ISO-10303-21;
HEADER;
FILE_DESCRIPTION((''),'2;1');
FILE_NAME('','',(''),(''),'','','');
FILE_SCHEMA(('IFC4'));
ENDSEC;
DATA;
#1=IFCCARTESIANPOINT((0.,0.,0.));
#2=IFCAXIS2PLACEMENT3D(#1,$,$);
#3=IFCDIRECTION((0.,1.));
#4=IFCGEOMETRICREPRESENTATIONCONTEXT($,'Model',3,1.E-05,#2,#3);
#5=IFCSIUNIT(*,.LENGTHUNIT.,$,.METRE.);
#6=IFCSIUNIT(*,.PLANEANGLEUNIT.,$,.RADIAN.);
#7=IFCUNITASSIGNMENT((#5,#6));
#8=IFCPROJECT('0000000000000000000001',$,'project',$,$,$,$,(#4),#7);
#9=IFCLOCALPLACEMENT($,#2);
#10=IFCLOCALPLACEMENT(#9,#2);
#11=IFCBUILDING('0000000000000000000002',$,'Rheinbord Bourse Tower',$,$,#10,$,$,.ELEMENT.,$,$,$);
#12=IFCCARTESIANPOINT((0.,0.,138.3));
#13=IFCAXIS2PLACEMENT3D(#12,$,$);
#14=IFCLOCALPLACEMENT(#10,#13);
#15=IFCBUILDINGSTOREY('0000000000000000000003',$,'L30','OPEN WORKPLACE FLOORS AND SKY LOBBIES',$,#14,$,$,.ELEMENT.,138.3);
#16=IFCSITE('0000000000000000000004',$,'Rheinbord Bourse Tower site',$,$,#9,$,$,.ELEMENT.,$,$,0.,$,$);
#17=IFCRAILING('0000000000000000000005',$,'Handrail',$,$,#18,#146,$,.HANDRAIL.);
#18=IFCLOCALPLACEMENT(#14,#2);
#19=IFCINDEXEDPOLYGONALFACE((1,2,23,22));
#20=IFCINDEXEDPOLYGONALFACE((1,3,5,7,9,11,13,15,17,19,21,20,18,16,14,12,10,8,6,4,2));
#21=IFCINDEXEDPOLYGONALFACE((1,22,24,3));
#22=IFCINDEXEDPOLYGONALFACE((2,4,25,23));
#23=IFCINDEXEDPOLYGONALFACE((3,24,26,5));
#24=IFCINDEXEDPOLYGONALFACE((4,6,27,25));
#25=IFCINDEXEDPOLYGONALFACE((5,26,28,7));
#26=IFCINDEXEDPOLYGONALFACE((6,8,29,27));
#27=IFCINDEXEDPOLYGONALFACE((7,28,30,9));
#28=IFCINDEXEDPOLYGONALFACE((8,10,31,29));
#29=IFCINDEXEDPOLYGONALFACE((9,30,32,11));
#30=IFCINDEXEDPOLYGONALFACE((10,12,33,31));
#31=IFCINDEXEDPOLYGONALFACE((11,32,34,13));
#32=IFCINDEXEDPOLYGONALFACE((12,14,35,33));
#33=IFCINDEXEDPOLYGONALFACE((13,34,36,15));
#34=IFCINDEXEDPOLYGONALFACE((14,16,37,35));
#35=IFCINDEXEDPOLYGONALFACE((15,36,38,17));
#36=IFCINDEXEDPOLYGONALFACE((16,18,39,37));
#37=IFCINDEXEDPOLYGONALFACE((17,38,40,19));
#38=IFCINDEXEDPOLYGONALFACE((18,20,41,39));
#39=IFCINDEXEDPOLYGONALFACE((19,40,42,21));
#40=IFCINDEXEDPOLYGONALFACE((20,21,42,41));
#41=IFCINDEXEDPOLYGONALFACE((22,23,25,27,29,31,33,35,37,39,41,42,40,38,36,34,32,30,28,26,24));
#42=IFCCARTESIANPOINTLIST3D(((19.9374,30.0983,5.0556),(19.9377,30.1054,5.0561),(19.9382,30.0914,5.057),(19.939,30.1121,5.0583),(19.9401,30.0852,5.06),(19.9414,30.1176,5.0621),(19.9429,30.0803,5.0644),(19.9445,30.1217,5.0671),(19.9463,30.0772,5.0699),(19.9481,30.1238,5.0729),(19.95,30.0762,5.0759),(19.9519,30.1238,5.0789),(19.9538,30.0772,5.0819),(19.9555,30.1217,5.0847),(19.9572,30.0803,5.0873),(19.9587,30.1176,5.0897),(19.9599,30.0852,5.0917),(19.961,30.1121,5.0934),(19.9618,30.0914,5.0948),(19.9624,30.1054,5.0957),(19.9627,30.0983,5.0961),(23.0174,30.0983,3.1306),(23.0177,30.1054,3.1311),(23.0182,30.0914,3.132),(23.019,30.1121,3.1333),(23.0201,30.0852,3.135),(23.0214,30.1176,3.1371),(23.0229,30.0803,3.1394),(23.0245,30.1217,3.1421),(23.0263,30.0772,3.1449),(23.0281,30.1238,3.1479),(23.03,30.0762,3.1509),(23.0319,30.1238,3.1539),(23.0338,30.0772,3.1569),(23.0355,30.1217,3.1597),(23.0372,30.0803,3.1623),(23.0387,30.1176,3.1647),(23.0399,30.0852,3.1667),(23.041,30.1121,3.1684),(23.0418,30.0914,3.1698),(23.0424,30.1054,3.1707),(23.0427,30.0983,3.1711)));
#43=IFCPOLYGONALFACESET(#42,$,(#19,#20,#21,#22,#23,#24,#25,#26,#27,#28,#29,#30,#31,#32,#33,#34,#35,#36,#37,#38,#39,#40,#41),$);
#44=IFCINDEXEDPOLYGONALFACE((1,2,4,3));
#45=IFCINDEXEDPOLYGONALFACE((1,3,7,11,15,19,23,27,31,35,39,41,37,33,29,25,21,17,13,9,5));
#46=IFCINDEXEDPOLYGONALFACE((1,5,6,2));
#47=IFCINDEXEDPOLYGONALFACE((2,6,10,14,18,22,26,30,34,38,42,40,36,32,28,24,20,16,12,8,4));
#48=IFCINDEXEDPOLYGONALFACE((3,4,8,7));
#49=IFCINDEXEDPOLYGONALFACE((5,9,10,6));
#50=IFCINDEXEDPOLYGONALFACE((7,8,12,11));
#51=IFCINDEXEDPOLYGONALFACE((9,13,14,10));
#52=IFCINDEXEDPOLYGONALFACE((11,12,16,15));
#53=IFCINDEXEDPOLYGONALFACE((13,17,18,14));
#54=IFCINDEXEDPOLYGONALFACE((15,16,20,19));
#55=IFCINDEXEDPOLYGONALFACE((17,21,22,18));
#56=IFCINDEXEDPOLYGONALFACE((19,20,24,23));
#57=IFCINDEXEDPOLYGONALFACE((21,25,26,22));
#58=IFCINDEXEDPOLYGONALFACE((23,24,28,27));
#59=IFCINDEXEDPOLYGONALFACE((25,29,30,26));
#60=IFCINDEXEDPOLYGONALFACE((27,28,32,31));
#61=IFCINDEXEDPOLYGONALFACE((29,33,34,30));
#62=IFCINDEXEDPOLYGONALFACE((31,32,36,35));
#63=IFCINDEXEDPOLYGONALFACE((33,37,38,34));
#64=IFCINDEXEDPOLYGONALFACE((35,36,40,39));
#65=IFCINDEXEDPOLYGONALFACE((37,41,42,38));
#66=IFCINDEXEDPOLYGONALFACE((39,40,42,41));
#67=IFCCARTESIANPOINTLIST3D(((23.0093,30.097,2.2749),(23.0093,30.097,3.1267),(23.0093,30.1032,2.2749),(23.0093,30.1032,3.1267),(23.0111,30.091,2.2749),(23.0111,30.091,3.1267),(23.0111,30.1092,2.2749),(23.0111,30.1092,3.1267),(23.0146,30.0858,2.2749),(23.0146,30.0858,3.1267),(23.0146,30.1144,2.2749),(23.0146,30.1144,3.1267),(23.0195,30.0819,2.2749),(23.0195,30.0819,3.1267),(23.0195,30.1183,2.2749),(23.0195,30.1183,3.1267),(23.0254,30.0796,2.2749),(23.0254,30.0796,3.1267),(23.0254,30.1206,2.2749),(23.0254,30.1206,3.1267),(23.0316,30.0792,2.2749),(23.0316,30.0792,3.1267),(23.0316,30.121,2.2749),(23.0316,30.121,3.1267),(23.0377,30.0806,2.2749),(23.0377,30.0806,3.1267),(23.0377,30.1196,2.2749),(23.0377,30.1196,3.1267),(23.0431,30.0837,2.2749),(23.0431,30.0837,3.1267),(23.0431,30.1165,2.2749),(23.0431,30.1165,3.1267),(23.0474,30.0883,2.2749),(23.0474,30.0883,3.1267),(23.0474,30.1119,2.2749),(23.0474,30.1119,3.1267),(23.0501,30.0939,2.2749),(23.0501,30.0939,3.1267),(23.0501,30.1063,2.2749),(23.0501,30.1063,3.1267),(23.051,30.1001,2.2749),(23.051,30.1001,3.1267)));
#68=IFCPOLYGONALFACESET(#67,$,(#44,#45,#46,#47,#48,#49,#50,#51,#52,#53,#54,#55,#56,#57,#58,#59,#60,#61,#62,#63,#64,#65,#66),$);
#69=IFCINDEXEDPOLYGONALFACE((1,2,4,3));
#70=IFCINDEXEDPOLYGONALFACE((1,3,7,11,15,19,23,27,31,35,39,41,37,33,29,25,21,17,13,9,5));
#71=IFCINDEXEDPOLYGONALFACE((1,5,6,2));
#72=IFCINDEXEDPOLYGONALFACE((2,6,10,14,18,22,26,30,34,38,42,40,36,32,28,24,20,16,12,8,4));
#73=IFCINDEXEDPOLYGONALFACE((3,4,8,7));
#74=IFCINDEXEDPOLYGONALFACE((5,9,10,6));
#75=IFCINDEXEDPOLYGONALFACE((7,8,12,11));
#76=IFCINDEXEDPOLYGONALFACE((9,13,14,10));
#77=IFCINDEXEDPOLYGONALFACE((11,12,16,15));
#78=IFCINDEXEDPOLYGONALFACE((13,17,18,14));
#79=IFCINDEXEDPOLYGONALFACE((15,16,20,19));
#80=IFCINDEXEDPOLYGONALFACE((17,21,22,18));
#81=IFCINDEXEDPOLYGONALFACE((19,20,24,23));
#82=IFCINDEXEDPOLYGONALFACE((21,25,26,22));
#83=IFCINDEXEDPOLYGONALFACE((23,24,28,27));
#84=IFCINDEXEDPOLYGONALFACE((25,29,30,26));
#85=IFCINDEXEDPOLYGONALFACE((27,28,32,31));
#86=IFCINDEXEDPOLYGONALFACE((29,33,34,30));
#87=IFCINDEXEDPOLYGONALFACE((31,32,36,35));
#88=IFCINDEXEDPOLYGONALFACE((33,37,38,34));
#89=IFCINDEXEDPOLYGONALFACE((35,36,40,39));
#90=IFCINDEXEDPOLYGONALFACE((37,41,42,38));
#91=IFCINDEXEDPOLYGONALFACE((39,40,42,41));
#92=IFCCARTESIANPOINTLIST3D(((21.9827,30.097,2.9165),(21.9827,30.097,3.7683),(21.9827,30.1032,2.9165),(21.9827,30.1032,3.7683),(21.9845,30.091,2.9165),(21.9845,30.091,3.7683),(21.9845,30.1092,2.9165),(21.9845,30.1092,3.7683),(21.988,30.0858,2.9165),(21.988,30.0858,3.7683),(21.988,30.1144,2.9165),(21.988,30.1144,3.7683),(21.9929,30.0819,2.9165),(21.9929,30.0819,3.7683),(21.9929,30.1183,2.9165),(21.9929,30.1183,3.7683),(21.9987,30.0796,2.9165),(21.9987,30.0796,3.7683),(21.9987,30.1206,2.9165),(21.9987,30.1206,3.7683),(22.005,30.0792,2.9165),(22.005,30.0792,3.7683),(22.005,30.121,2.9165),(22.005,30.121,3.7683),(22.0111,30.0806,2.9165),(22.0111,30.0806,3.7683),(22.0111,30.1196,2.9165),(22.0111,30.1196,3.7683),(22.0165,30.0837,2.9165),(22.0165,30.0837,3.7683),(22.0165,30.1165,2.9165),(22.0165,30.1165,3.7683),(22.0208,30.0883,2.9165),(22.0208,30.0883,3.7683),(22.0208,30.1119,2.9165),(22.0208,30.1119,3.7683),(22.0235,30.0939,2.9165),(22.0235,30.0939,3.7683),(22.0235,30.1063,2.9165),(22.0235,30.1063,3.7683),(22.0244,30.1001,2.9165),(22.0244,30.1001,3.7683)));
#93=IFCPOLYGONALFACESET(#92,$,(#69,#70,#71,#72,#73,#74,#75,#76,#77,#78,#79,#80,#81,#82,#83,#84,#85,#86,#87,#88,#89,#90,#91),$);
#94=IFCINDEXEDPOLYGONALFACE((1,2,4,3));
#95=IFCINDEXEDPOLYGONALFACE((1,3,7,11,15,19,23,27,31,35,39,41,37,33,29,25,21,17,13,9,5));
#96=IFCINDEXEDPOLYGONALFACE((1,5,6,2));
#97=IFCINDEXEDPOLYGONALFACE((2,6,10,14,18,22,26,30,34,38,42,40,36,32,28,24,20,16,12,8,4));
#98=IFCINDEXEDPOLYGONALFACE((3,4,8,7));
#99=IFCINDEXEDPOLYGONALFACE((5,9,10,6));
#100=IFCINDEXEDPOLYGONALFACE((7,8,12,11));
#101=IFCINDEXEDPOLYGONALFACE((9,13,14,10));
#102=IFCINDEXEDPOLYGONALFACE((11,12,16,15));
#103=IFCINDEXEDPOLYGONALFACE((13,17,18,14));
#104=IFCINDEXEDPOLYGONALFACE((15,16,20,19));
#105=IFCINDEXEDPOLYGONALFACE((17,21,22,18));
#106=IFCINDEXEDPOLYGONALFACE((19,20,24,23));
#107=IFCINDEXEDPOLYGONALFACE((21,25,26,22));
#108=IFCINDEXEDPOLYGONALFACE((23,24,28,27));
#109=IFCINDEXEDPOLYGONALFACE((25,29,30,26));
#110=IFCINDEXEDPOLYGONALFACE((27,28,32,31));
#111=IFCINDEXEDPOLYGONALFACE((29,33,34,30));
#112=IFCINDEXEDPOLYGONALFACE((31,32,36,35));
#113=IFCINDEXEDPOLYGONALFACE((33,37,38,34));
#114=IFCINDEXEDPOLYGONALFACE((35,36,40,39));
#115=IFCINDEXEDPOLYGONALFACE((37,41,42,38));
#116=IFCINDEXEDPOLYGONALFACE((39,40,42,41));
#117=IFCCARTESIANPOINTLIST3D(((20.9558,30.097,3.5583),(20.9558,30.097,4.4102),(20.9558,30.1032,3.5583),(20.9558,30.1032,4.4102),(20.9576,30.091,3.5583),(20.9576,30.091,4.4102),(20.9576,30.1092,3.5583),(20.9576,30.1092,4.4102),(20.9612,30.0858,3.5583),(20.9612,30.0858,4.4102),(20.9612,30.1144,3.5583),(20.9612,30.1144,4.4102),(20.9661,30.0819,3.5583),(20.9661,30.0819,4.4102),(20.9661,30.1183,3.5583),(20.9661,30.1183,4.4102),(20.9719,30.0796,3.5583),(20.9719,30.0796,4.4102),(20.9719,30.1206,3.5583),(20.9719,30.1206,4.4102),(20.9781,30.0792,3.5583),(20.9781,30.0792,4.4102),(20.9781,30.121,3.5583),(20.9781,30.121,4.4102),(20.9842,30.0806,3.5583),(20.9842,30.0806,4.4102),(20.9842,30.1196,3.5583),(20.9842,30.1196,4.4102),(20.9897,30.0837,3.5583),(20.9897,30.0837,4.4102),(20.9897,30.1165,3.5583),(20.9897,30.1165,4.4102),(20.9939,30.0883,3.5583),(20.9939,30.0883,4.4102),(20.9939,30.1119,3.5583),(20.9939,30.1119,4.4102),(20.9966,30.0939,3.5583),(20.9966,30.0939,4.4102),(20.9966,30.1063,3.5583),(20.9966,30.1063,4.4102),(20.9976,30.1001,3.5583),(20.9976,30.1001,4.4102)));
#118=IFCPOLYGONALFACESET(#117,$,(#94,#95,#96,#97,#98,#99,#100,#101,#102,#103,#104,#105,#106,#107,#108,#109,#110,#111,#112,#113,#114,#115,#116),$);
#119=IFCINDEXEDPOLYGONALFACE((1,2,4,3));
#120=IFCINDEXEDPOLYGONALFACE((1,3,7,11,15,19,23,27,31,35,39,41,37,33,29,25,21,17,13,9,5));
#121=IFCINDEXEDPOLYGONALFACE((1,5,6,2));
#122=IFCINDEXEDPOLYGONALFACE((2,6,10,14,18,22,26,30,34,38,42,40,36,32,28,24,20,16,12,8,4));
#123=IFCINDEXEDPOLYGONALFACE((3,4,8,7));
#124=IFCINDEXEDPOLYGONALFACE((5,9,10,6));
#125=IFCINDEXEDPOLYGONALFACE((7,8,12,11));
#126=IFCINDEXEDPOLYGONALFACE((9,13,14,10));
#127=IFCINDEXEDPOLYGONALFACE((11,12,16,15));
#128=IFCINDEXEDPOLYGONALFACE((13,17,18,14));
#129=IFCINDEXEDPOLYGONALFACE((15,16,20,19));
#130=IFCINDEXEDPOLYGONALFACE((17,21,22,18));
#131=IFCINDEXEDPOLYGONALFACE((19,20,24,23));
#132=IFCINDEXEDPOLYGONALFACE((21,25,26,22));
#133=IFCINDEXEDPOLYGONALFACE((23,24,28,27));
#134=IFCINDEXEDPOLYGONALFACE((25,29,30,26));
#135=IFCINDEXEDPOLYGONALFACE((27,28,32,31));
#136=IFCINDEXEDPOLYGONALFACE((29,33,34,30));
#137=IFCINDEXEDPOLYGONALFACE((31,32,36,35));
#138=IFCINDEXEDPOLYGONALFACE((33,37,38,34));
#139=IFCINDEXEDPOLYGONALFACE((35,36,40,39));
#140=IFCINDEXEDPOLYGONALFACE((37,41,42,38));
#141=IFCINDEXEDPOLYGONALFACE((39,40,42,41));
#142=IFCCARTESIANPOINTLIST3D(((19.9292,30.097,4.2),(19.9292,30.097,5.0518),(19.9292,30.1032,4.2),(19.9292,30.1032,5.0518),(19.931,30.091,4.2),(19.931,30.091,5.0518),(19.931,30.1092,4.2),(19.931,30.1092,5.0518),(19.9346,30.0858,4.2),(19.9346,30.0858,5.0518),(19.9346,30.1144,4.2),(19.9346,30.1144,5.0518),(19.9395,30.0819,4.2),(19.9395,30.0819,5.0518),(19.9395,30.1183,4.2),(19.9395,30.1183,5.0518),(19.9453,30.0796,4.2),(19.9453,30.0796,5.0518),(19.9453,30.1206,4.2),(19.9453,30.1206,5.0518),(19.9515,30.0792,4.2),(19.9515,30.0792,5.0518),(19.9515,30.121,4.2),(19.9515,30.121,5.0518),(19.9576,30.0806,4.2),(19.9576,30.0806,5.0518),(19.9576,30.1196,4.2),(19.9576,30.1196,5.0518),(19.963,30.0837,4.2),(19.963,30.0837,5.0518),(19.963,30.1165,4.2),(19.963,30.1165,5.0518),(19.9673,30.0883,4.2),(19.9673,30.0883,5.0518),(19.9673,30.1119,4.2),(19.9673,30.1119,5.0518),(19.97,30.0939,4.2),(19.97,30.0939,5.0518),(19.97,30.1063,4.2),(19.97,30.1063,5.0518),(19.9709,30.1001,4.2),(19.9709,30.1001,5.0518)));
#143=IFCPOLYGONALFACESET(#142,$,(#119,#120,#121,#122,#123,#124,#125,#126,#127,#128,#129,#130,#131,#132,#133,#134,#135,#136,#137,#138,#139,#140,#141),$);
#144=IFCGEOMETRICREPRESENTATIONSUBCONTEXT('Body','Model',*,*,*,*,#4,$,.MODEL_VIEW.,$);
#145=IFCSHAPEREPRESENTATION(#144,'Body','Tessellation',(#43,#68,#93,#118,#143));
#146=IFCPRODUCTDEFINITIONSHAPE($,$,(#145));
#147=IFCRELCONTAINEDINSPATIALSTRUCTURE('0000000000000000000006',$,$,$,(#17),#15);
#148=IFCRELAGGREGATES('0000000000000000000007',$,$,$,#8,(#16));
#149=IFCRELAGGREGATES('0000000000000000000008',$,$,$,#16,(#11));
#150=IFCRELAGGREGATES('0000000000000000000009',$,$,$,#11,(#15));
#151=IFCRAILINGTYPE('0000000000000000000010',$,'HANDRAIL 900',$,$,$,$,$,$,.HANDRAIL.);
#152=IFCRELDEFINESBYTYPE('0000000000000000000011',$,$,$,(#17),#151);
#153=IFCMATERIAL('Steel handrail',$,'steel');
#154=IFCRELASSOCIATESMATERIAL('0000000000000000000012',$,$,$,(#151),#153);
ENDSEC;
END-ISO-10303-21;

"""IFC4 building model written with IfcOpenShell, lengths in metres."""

from ifc_helpers import new_model, si_unit, direction, frame, origin, origin_2d, place, context, subcontext, project, spatial, circle, extrude, material, type_object, element, save


model = new_model("IFC4")

# Units and contexts
model_context = context("Model", 3, precision=1e-05, world=origin(), true_north=direction((0.0, 1.0)))
body_context = subcontext(model_context, "Body", "Model", "MODEL_VIEW")
ifc_project = project(units=[si_unit("LENGTHUNIT", "METRE"), si_unit("PLANEANGLEUNIT", "RADIAN")], contexts=[model_context])

# Site, building, storey
site_placement = place(None, origin())
site = spatial("IfcSite", under=ifc_project, at=site_placement, Name="Rheinbord Bourse Tower site", CompositionType="ELEMENT", RefElevation=0.0)
building_placement = place(site_placement, origin())
building = spatial("IfcBuilding", under=site, at=building_placement, Name="Rheinbord Bourse Tower", CompositionType="ELEMENT")
storey_placement = place(building_placement, frame((0.0, 0.0, 138.3)))
storey = spatial("IfcBuildingStorey", under=building, at=storey_placement, Name="L30", Description="OPEN WORKPLACE FLOORS AND SKY LOBBIES", CompositionType="ELEMENT", Elevation=138.3)

# Railing
ifc_material_1 = material(Name="Steel handrail", Category="steel")
railing_type = type_object("IfcRailingType", Name="HANDRAIL 900", PredefinedType="HANDRAIL", material=ifc_material_1)
railing_1_placement = place(storey_placement, frame((23.03, 30.1001, 2.2749)))
element("IfcRailing", 1, at=railing_1_placement, inside=storey, type_object=railing_type, Name="Handrail", PredefinedType="HANDRAIL", context=body_context, shape_type="SweptSolid", body=[
    extrude(circle(Radius=0.0239, at=origin_2d()), frame((0.0, 0.0, 0.876), z_axis=(-0.847998, 0.0, 0.529999), x_axis=(0.0, -1.0, 0.0)), (0.0, 0.0, 1.0), 3.6321),
    extrude(circle(Radius=0.021, at=origin_2d()), origin(), (0.0, 0.0, 1.0), 0.8518),
    extrude(circle(Radius=0.021, at=origin_2d()), frame((-1.0266, 0.0, 0.6416)), (0.0, 0.0, 1.0), 0.8518),
    extrude(circle(Radius=0.021, at=origin_2d()), frame((-2.0535, 0.0, 1.2834)), (0.0, 0.0, 1.0), 0.8518),
    extrude(circle(Radius=0.021, at=origin_2d()), frame((-3.0801, 0.0, 1.925)), (0.0, 0.0, 1.0), 0.8518),
])

save(model, "model.ifc")
